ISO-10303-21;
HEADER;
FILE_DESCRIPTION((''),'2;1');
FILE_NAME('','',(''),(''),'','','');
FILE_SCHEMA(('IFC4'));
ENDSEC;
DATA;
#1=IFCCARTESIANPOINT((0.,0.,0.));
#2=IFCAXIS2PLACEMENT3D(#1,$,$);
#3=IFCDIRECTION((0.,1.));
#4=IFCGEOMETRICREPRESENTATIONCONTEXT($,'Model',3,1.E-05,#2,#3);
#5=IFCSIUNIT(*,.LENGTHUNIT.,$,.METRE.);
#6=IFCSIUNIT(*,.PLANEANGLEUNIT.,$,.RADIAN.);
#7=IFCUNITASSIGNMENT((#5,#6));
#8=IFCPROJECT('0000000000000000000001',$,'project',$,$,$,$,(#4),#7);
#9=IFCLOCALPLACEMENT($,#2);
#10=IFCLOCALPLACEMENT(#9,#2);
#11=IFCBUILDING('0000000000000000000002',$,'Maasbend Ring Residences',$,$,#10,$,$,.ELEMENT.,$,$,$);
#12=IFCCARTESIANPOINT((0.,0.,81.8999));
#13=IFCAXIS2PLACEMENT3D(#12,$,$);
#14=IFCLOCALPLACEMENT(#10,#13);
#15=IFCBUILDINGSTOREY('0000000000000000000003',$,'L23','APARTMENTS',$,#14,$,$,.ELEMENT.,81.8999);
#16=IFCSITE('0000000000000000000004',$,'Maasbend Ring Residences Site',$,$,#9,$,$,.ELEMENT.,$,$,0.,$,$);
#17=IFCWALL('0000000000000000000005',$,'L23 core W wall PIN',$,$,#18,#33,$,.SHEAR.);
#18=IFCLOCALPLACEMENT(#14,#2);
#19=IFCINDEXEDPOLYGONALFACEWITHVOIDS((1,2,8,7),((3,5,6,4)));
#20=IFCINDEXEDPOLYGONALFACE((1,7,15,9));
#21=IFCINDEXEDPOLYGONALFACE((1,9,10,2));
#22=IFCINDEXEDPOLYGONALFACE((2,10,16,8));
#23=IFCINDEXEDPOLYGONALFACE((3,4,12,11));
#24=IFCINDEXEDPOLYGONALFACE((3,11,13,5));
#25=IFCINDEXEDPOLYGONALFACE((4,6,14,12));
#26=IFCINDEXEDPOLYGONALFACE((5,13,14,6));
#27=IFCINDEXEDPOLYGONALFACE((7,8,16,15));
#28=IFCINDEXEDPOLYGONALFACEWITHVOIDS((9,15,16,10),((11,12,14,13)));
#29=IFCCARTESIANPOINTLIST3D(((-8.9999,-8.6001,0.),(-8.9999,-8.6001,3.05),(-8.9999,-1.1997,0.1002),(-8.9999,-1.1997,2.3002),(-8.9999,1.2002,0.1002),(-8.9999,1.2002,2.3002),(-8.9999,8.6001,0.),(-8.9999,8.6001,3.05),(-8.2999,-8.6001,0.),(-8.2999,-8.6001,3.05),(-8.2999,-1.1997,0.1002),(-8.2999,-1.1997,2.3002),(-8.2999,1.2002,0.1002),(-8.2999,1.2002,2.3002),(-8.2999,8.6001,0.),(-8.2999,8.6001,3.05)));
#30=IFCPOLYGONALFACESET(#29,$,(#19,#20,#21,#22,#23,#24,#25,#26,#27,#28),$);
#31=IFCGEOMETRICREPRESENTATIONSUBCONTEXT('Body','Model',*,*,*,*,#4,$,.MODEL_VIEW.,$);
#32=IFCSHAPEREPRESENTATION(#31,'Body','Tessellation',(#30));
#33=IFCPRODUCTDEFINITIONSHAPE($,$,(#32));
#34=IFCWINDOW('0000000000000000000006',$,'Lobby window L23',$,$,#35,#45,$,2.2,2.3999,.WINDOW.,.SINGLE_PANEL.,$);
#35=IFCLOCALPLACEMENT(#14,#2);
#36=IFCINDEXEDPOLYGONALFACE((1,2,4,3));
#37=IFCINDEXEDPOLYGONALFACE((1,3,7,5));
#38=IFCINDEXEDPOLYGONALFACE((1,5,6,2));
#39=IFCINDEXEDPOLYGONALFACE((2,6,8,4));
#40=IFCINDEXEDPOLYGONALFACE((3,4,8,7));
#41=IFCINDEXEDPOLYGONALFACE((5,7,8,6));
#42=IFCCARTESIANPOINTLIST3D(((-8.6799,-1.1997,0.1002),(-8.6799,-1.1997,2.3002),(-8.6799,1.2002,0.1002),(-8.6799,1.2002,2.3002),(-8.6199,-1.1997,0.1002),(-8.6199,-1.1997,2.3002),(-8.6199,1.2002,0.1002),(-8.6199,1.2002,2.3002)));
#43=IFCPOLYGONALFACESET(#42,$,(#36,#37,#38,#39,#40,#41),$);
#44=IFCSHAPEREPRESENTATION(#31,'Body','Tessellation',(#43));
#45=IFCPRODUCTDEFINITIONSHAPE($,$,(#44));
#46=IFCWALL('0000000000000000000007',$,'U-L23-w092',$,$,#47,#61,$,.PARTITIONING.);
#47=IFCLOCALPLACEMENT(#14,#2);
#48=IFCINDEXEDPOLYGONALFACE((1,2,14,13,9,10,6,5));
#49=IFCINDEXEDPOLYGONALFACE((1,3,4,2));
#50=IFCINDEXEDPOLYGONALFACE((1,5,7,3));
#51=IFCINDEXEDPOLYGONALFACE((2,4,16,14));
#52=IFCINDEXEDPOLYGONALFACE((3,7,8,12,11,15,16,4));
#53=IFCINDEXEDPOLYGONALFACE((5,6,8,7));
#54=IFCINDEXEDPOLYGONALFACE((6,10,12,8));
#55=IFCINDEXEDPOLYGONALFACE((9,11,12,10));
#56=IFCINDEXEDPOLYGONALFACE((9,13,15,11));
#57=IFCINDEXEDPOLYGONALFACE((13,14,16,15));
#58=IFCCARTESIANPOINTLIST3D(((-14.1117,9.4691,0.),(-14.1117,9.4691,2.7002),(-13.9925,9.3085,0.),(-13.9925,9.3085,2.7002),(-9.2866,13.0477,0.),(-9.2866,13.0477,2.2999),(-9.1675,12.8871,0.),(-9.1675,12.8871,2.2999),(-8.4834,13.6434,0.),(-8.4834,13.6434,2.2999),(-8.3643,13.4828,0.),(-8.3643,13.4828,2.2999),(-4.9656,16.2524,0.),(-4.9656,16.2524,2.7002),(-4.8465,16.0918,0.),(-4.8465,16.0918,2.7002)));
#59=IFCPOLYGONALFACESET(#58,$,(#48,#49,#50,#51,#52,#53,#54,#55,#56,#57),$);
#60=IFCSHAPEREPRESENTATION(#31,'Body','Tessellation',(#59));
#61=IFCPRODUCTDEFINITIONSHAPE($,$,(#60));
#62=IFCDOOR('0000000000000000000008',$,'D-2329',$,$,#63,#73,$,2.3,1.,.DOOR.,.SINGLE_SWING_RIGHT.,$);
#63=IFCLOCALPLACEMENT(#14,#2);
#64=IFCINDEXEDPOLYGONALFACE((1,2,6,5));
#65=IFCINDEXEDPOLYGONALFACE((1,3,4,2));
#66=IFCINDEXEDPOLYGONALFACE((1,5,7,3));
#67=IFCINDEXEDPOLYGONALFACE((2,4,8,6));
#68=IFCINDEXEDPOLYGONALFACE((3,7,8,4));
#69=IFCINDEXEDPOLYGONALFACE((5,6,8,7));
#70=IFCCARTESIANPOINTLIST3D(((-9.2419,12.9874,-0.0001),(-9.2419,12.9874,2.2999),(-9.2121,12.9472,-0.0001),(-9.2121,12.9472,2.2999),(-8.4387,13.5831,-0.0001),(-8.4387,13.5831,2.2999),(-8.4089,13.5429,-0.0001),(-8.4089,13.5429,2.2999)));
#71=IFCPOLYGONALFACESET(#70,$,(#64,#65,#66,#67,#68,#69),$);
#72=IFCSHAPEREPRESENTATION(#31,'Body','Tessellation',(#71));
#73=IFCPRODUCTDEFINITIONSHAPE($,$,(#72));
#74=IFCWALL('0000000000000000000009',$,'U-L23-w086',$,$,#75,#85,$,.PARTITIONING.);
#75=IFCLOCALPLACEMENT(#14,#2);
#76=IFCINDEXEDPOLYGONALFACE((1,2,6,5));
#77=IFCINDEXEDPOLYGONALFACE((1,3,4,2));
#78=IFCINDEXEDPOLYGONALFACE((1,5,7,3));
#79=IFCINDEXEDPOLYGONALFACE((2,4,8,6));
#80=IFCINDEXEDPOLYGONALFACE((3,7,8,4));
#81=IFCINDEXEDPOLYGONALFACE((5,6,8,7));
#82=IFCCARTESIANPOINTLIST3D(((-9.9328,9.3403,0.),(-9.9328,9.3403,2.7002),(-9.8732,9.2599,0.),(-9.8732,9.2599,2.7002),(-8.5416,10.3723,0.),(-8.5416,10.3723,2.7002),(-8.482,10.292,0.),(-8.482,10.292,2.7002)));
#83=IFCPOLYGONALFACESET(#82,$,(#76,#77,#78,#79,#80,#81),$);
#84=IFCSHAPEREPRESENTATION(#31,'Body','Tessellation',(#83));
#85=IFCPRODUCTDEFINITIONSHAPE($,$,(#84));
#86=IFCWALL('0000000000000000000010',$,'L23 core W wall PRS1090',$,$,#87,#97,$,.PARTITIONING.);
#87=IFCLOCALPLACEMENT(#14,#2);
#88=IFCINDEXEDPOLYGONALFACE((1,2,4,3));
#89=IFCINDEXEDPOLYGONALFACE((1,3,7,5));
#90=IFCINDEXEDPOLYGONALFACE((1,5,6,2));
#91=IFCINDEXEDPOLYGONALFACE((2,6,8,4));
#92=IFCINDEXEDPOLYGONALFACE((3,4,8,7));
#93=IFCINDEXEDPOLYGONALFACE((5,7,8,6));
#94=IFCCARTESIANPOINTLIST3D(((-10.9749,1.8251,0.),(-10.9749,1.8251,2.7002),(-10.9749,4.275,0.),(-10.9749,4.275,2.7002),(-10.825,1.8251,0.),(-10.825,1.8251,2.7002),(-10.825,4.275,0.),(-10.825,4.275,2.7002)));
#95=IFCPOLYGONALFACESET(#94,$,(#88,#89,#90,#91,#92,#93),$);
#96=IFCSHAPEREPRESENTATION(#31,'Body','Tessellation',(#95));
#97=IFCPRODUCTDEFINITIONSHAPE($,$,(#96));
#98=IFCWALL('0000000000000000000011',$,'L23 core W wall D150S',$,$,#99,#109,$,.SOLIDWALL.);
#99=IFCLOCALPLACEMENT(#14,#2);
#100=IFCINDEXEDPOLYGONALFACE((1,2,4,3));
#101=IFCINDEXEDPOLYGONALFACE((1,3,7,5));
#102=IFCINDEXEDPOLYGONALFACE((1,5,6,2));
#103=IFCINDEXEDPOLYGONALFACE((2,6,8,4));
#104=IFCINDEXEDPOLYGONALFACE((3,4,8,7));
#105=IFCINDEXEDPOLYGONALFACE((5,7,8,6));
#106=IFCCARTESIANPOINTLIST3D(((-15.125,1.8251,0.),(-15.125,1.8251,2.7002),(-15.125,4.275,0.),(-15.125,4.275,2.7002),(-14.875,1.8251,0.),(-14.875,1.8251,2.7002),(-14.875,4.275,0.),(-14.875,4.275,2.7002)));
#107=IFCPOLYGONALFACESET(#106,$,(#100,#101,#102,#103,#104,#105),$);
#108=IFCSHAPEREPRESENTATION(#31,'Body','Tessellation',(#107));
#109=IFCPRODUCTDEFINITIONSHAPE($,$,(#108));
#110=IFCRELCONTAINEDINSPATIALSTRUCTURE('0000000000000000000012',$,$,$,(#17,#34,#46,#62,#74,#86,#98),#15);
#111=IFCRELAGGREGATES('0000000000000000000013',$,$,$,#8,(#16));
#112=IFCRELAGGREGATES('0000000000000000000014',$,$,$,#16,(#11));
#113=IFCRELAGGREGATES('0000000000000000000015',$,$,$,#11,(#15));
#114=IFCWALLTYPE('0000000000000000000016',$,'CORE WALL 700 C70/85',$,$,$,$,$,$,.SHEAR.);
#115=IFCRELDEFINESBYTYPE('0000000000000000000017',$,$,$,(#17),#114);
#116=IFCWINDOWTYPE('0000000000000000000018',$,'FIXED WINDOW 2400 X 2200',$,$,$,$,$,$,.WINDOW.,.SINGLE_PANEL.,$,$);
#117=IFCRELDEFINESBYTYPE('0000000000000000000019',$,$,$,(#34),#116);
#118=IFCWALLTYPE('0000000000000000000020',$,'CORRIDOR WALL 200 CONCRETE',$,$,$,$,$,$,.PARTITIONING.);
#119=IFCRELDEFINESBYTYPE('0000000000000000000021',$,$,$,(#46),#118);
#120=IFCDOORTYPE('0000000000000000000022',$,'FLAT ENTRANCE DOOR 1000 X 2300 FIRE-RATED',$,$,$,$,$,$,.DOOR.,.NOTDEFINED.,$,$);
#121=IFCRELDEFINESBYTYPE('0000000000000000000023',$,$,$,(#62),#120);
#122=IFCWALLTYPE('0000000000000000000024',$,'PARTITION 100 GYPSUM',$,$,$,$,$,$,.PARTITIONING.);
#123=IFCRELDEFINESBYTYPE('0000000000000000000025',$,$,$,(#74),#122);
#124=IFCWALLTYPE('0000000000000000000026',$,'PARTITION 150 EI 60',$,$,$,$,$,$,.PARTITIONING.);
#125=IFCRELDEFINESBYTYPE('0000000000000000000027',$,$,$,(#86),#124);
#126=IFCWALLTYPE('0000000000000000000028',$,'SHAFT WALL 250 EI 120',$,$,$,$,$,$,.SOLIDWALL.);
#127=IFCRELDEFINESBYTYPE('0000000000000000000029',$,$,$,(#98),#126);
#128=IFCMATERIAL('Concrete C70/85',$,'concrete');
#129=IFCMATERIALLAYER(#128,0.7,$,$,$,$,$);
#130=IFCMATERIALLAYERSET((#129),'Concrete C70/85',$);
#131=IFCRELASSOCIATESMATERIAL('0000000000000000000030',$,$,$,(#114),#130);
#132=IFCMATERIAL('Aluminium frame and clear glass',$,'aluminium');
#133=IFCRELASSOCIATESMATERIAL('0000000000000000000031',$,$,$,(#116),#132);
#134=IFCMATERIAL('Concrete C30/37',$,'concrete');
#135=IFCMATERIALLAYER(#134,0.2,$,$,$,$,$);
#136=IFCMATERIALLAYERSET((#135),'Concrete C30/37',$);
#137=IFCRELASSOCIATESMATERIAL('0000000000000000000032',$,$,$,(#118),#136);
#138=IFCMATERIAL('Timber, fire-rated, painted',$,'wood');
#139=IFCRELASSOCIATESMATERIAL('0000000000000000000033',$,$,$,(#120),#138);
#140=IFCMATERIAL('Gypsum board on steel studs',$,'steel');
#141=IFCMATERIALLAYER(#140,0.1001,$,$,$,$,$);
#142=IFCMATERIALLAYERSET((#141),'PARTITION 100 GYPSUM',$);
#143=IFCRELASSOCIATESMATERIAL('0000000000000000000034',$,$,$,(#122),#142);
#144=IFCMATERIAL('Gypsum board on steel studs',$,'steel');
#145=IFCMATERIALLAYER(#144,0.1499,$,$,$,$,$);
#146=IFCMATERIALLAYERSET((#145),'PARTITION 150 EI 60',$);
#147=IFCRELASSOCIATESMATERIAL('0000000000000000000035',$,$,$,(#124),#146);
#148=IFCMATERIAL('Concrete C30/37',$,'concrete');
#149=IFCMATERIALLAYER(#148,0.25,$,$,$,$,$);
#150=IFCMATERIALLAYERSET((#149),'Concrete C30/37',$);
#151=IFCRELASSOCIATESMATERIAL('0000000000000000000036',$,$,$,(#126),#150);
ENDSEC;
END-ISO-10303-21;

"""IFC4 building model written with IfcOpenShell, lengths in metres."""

from ifc_helpers import new_model, si_unit, direction, frame, frame_2d, origin, place, context, subcontext, project, spatial, rectangle, extrude, material, layer, layer_set, type_object, element, fill, save


model = new_model("IFC4")

# Units and contexts
model_context = context("Model", 3, precision=1e-05, world=origin(), true_north=direction((0.0, 1.0)))
body_context = subcontext(model_context, "Body", "Model", "MODEL_VIEW")
ifc_project = project(units=[si_unit("LENGTHUNIT", "METRE"), si_unit("PLANEANGLEUNIT", "RADIAN")], contexts=[model_context])

# Site, building, storey
site_placement = place(None, origin())
site = spatial("IfcSite", under=ifc_project, at=site_placement, Name="Maasbend Ring Residences Site", CompositionType="ELEMENT", RefElevation=0.0)
building_placement = place(site_placement, origin())
building = spatial("IfcBuilding", under=site, at=building_placement, Name="Maasbend Ring Residences", CompositionType="ELEMENT")
storey_placement = place(building_placement, frame((0.0, 0.0, 81.8999)))
storey = spatial("IfcBuildingStorey", under=building, at=storey_placement, Name="L23", Description="APARTMENTS", CompositionType="ELEMENT", Elevation=81.8999)

# Shared definitions
ifc_material_1 = material(Name="Concrete C70/85", Category="concrete")
ifc_layer_1 = layer(ifc_material_1, 0.7)
ifc_layer_set_1 = layer_set([ifc_layer_1], Name="Concrete C70/85")
wall_type_1 = type_object("IfcWallType", Name="CORE WALL 700 C70/85", PredefinedType="SHEAR", material=ifc_layer_set_1)

# Wall, opening, window
wall_1_placement = place(storey_placement, frame((-8.6499, 8.6001, 0.0), z_axis=(0.0, 0.0, 1.0), x_axis=(0.0, -1.0, 0.0)))
wall_1 = element("IfcWall", 1, at=wall_1_placement, inside=storey, type_object=wall_type_1, Name="L23 core W wall PIN", PredefinedType="SHEAR", context=body_context, shape_type="SweptSolid", body=[
    extrude(rectangle(XDim=17.2002, YDim=0.7, at=frame_2d((8.6001, 0.0))), origin(), (0.0, 0.0, 1.0), 3.05),
])
opening_1_placement = place(wall_1_placement, frame((7.3999, 0.0, 0.1001)))
opening_1 = element("IfcOpeningElement", 2, at=opening_1_placement, cuts=wall_1, PredefinedType="OPENING", context=body_context, shape_type="SweptSolid", body=[
    extrude(rectangle(XDim=2.3999, YDim=2.2, at=frame_2d((1.2, 1.1001))), frame((0.0, 0.3599, 0.0), z_axis=(0.0, -1.0, 0.0), x_axis=(1.0, 0.0, 0.0)), (0.0, 0.0, 1.0), 0.72),
])
ifc_material_2 = material(Name="Aluminium frame and clear glass", Category="aluminium")
window_type = type_object("IfcWindowType", Name="FIXED WINDOW 2400 X 2200", PartitioningType="SINGLE_PANEL", PredefinedType="WINDOW", material=ifc_material_2)
window_placement = place(opening_1_placement, origin())
window = element("IfcWindow", 3, at=window_placement, inside=storey, type_object=window_type, Name="Lobby window L23", OverallHeight=2.2, OverallWidth=2.3999, PartitioningType="SINGLE_PANEL", PredefinedType="WINDOW", context=body_context, shape_type="SweptSolid", body=[
    extrude(rectangle(XDim=2.3999, YDim=2.2, at=frame_2d((1.2, 1.1001))), frame((0.0, 0.03, 0.0), z_axis=(0.0, -1.0, 0.0), x_axis=(1.0, 0.0, 0.0)), (0.0, 0.0, 1.0), 0.0601),
])
fill(opening_1, window)

# Wall, opening, door
ifc_material_3 = material(Name="Concrete C30/37", Category="concrete")
ifc_layer_2 = layer(ifc_material_3, 0.2)
ifc_layer_set_2 = layer_set([ifc_layer_2], Name="Concrete C30/37")
wall_type_2 = type_object("IfcWallType", Name="CORRIDOR WALL 200 CONCRETE", PredefinedType="PARTITIONING", material=ifc_layer_set_2)
wall_2_placement = place(storey_placement, frame((-14.052, 9.3889, 0.0), z_axis=(0.0, 0.0, 1.0), x_axis=(0.803205, 0.595703, 0.0)))
wall_2 = element("IfcWall", 4, at=wall_2_placement, inside=storey, type_object=wall_type_2, Name="U-L23-w092", PredefinedType="PARTITIONING", context=body_context, shape_type="SweptSolid", body=[
    extrude(rectangle(XDim=11.387, YDim=0.2, at=frame_2d((5.6934, 0.0))), origin(), (0.0, 0.0, 1.0), 2.7002),
])
opening_2_placement = place(wall_2_placement, frame((6.0071, 0.0, 0.0)))
opening_2 = element("IfcOpeningElement", 5, at=opening_2_placement, cuts=wall_2, PredefinedType="OPENING", context=body_context, shape_type="SweptSolid", body=[
    extrude(rectangle(XDim=1.0, YDim=2.3, at=frame_2d((0.5, 1.1499))), frame((0.0, 0.1099, 0.0), z_axis=(0.0, -1.0, 0.0), x_axis=(1.0, 0.0, 0.0)), (0.0, 0.0, 1.0), 0.22),
])
ifc_material_4 = material(Name="Timber, fire-rated, painted", Category="wood")
door_type_1 = type_object("IfcDoorType", Name="FLAT ENTRANCE DOOR 1000 X 2300 FIRE-RATED", OperationType="NOTDEFINED", PredefinedType="DOOR", material=ifc_material_4)
door_1_placement = place(opening_2_placement, origin())
door_1 = element("IfcDoor", 6, at=door_1_placement, inside=storey, type_object=door_type_1, Name="D-2329", OperationType="SINGLE_SWING_RIGHT", OverallHeight=2.3, OverallWidth=1.0, PredefinedType="DOOR", context=body_context, shape_type="SweptSolid", body=[
    extrude(rectangle(XDim=1.0, YDim=2.3, at=frame_2d((0.5, 1.1499))), frame((0.0, 0.0249, 0.0), z_axis=(0.0, -1.0, 0.0), x_axis=(1.0, 0.0, 0.0)), (0.0, 0.0, 1.0), 0.05),
])
fill(opening_2, door_1)

# Walls
ifc_material_5 = material(Name="Gypsum board on steel studs", Category="steel")
ifc_layer_3 = layer(ifc_material_5, 0.1001)
ifc_layer_set_3 = layer_set([ifc_layer_3], Name="PARTITION 100 GYPSUM")
wall_type_3 = type_object("IfcWallType", Name="PARTITION 100 GYPSUM", PredefinedType="PARTITIONING", material=ifc_layer_set_3)
wall_3_placement = place(storey_placement, frame((-9.9031, 9.3, 0.0), z_axis=(0.0, 0.0, 1.0), x_axis=(0.803135, 0.595797, 0.0)))
element("IfcWall", 7, at=wall_3_placement, inside=storey, type_object=wall_type_3, Name="U-L23-w086", PredefinedType="PARTITIONING", context=body_context, shape_type="SweptSolid", body=[
    extrude(rectangle(XDim=1.7322, YDim=0.1001, at=frame_2d((0.8662, 0.0))), origin(), (0.0, 0.0, 1.0), 2.7002),
])
ifc_material_6 = material(Name="Gypsum board on steel studs", Category="steel")
ifc_layer_4 = layer(ifc_material_6, 0.1499)
ifc_layer_set_4 = layer_set([ifc_layer_4], Name="PARTITION 150 EI 60")
wall_type_4 = type_object("IfcWallType", Name="PARTITION 150 EI 60", PredefinedType="PARTITIONING", material=ifc_layer_set_4)
wall_4_placement = place(storey_placement, frame((-10.8999, 1.825, 0.0), z_axis=(0.0, 0.0, 1.0), x_axis=(0.0, 1.0, 0.0)))
element("IfcWall", 8, at=wall_4_placement, inside=storey, type_object=wall_type_4, Name="L23 core W wall PRS1090", PredefinedType="PARTITIONING", context=body_context, shape_type="SweptSolid", body=[
    extrude(rectangle(XDim=2.45, YDim=0.1499, at=frame_2d((1.2251, 0.0))), origin(), (0.0, 0.0, 1.0), 2.7002),
])
ifc_material_7 = material(Name="Concrete C30/37", Category="concrete")
ifc_layer_5 = layer(ifc_material_7, 0.25)
ifc_layer_set_5 = layer_set([ifc_layer_5], Name="Concrete C30/37")
wall_type_5 = type_object("IfcWallType", Name="SHAFT WALL 250 EI 120", PredefinedType="SOLIDWALL", material=ifc_layer_set_5)
wall_5_placement = place(storey_placement, frame((-15.0, 1.825, 0.0), z_axis=(0.0, 0.0, 1.0), x_axis=(0.0, 1.0, 0.0)))
element("IfcWall", 9, at=wall_5_placement, inside=storey, type_object=wall_type_5, Name="L23 core W wall D150S", PredefinedType="SOLIDWALL", context=body_context, shape_type="SweptSolid", body=[
    extrude(rectangle(XDim=2.45, YDim=0.25, at=frame_2d((1.2251, 0.0))), origin(), (0.0, 0.0, 1.0), 2.7002),
])

save(model, "model.ifc")
